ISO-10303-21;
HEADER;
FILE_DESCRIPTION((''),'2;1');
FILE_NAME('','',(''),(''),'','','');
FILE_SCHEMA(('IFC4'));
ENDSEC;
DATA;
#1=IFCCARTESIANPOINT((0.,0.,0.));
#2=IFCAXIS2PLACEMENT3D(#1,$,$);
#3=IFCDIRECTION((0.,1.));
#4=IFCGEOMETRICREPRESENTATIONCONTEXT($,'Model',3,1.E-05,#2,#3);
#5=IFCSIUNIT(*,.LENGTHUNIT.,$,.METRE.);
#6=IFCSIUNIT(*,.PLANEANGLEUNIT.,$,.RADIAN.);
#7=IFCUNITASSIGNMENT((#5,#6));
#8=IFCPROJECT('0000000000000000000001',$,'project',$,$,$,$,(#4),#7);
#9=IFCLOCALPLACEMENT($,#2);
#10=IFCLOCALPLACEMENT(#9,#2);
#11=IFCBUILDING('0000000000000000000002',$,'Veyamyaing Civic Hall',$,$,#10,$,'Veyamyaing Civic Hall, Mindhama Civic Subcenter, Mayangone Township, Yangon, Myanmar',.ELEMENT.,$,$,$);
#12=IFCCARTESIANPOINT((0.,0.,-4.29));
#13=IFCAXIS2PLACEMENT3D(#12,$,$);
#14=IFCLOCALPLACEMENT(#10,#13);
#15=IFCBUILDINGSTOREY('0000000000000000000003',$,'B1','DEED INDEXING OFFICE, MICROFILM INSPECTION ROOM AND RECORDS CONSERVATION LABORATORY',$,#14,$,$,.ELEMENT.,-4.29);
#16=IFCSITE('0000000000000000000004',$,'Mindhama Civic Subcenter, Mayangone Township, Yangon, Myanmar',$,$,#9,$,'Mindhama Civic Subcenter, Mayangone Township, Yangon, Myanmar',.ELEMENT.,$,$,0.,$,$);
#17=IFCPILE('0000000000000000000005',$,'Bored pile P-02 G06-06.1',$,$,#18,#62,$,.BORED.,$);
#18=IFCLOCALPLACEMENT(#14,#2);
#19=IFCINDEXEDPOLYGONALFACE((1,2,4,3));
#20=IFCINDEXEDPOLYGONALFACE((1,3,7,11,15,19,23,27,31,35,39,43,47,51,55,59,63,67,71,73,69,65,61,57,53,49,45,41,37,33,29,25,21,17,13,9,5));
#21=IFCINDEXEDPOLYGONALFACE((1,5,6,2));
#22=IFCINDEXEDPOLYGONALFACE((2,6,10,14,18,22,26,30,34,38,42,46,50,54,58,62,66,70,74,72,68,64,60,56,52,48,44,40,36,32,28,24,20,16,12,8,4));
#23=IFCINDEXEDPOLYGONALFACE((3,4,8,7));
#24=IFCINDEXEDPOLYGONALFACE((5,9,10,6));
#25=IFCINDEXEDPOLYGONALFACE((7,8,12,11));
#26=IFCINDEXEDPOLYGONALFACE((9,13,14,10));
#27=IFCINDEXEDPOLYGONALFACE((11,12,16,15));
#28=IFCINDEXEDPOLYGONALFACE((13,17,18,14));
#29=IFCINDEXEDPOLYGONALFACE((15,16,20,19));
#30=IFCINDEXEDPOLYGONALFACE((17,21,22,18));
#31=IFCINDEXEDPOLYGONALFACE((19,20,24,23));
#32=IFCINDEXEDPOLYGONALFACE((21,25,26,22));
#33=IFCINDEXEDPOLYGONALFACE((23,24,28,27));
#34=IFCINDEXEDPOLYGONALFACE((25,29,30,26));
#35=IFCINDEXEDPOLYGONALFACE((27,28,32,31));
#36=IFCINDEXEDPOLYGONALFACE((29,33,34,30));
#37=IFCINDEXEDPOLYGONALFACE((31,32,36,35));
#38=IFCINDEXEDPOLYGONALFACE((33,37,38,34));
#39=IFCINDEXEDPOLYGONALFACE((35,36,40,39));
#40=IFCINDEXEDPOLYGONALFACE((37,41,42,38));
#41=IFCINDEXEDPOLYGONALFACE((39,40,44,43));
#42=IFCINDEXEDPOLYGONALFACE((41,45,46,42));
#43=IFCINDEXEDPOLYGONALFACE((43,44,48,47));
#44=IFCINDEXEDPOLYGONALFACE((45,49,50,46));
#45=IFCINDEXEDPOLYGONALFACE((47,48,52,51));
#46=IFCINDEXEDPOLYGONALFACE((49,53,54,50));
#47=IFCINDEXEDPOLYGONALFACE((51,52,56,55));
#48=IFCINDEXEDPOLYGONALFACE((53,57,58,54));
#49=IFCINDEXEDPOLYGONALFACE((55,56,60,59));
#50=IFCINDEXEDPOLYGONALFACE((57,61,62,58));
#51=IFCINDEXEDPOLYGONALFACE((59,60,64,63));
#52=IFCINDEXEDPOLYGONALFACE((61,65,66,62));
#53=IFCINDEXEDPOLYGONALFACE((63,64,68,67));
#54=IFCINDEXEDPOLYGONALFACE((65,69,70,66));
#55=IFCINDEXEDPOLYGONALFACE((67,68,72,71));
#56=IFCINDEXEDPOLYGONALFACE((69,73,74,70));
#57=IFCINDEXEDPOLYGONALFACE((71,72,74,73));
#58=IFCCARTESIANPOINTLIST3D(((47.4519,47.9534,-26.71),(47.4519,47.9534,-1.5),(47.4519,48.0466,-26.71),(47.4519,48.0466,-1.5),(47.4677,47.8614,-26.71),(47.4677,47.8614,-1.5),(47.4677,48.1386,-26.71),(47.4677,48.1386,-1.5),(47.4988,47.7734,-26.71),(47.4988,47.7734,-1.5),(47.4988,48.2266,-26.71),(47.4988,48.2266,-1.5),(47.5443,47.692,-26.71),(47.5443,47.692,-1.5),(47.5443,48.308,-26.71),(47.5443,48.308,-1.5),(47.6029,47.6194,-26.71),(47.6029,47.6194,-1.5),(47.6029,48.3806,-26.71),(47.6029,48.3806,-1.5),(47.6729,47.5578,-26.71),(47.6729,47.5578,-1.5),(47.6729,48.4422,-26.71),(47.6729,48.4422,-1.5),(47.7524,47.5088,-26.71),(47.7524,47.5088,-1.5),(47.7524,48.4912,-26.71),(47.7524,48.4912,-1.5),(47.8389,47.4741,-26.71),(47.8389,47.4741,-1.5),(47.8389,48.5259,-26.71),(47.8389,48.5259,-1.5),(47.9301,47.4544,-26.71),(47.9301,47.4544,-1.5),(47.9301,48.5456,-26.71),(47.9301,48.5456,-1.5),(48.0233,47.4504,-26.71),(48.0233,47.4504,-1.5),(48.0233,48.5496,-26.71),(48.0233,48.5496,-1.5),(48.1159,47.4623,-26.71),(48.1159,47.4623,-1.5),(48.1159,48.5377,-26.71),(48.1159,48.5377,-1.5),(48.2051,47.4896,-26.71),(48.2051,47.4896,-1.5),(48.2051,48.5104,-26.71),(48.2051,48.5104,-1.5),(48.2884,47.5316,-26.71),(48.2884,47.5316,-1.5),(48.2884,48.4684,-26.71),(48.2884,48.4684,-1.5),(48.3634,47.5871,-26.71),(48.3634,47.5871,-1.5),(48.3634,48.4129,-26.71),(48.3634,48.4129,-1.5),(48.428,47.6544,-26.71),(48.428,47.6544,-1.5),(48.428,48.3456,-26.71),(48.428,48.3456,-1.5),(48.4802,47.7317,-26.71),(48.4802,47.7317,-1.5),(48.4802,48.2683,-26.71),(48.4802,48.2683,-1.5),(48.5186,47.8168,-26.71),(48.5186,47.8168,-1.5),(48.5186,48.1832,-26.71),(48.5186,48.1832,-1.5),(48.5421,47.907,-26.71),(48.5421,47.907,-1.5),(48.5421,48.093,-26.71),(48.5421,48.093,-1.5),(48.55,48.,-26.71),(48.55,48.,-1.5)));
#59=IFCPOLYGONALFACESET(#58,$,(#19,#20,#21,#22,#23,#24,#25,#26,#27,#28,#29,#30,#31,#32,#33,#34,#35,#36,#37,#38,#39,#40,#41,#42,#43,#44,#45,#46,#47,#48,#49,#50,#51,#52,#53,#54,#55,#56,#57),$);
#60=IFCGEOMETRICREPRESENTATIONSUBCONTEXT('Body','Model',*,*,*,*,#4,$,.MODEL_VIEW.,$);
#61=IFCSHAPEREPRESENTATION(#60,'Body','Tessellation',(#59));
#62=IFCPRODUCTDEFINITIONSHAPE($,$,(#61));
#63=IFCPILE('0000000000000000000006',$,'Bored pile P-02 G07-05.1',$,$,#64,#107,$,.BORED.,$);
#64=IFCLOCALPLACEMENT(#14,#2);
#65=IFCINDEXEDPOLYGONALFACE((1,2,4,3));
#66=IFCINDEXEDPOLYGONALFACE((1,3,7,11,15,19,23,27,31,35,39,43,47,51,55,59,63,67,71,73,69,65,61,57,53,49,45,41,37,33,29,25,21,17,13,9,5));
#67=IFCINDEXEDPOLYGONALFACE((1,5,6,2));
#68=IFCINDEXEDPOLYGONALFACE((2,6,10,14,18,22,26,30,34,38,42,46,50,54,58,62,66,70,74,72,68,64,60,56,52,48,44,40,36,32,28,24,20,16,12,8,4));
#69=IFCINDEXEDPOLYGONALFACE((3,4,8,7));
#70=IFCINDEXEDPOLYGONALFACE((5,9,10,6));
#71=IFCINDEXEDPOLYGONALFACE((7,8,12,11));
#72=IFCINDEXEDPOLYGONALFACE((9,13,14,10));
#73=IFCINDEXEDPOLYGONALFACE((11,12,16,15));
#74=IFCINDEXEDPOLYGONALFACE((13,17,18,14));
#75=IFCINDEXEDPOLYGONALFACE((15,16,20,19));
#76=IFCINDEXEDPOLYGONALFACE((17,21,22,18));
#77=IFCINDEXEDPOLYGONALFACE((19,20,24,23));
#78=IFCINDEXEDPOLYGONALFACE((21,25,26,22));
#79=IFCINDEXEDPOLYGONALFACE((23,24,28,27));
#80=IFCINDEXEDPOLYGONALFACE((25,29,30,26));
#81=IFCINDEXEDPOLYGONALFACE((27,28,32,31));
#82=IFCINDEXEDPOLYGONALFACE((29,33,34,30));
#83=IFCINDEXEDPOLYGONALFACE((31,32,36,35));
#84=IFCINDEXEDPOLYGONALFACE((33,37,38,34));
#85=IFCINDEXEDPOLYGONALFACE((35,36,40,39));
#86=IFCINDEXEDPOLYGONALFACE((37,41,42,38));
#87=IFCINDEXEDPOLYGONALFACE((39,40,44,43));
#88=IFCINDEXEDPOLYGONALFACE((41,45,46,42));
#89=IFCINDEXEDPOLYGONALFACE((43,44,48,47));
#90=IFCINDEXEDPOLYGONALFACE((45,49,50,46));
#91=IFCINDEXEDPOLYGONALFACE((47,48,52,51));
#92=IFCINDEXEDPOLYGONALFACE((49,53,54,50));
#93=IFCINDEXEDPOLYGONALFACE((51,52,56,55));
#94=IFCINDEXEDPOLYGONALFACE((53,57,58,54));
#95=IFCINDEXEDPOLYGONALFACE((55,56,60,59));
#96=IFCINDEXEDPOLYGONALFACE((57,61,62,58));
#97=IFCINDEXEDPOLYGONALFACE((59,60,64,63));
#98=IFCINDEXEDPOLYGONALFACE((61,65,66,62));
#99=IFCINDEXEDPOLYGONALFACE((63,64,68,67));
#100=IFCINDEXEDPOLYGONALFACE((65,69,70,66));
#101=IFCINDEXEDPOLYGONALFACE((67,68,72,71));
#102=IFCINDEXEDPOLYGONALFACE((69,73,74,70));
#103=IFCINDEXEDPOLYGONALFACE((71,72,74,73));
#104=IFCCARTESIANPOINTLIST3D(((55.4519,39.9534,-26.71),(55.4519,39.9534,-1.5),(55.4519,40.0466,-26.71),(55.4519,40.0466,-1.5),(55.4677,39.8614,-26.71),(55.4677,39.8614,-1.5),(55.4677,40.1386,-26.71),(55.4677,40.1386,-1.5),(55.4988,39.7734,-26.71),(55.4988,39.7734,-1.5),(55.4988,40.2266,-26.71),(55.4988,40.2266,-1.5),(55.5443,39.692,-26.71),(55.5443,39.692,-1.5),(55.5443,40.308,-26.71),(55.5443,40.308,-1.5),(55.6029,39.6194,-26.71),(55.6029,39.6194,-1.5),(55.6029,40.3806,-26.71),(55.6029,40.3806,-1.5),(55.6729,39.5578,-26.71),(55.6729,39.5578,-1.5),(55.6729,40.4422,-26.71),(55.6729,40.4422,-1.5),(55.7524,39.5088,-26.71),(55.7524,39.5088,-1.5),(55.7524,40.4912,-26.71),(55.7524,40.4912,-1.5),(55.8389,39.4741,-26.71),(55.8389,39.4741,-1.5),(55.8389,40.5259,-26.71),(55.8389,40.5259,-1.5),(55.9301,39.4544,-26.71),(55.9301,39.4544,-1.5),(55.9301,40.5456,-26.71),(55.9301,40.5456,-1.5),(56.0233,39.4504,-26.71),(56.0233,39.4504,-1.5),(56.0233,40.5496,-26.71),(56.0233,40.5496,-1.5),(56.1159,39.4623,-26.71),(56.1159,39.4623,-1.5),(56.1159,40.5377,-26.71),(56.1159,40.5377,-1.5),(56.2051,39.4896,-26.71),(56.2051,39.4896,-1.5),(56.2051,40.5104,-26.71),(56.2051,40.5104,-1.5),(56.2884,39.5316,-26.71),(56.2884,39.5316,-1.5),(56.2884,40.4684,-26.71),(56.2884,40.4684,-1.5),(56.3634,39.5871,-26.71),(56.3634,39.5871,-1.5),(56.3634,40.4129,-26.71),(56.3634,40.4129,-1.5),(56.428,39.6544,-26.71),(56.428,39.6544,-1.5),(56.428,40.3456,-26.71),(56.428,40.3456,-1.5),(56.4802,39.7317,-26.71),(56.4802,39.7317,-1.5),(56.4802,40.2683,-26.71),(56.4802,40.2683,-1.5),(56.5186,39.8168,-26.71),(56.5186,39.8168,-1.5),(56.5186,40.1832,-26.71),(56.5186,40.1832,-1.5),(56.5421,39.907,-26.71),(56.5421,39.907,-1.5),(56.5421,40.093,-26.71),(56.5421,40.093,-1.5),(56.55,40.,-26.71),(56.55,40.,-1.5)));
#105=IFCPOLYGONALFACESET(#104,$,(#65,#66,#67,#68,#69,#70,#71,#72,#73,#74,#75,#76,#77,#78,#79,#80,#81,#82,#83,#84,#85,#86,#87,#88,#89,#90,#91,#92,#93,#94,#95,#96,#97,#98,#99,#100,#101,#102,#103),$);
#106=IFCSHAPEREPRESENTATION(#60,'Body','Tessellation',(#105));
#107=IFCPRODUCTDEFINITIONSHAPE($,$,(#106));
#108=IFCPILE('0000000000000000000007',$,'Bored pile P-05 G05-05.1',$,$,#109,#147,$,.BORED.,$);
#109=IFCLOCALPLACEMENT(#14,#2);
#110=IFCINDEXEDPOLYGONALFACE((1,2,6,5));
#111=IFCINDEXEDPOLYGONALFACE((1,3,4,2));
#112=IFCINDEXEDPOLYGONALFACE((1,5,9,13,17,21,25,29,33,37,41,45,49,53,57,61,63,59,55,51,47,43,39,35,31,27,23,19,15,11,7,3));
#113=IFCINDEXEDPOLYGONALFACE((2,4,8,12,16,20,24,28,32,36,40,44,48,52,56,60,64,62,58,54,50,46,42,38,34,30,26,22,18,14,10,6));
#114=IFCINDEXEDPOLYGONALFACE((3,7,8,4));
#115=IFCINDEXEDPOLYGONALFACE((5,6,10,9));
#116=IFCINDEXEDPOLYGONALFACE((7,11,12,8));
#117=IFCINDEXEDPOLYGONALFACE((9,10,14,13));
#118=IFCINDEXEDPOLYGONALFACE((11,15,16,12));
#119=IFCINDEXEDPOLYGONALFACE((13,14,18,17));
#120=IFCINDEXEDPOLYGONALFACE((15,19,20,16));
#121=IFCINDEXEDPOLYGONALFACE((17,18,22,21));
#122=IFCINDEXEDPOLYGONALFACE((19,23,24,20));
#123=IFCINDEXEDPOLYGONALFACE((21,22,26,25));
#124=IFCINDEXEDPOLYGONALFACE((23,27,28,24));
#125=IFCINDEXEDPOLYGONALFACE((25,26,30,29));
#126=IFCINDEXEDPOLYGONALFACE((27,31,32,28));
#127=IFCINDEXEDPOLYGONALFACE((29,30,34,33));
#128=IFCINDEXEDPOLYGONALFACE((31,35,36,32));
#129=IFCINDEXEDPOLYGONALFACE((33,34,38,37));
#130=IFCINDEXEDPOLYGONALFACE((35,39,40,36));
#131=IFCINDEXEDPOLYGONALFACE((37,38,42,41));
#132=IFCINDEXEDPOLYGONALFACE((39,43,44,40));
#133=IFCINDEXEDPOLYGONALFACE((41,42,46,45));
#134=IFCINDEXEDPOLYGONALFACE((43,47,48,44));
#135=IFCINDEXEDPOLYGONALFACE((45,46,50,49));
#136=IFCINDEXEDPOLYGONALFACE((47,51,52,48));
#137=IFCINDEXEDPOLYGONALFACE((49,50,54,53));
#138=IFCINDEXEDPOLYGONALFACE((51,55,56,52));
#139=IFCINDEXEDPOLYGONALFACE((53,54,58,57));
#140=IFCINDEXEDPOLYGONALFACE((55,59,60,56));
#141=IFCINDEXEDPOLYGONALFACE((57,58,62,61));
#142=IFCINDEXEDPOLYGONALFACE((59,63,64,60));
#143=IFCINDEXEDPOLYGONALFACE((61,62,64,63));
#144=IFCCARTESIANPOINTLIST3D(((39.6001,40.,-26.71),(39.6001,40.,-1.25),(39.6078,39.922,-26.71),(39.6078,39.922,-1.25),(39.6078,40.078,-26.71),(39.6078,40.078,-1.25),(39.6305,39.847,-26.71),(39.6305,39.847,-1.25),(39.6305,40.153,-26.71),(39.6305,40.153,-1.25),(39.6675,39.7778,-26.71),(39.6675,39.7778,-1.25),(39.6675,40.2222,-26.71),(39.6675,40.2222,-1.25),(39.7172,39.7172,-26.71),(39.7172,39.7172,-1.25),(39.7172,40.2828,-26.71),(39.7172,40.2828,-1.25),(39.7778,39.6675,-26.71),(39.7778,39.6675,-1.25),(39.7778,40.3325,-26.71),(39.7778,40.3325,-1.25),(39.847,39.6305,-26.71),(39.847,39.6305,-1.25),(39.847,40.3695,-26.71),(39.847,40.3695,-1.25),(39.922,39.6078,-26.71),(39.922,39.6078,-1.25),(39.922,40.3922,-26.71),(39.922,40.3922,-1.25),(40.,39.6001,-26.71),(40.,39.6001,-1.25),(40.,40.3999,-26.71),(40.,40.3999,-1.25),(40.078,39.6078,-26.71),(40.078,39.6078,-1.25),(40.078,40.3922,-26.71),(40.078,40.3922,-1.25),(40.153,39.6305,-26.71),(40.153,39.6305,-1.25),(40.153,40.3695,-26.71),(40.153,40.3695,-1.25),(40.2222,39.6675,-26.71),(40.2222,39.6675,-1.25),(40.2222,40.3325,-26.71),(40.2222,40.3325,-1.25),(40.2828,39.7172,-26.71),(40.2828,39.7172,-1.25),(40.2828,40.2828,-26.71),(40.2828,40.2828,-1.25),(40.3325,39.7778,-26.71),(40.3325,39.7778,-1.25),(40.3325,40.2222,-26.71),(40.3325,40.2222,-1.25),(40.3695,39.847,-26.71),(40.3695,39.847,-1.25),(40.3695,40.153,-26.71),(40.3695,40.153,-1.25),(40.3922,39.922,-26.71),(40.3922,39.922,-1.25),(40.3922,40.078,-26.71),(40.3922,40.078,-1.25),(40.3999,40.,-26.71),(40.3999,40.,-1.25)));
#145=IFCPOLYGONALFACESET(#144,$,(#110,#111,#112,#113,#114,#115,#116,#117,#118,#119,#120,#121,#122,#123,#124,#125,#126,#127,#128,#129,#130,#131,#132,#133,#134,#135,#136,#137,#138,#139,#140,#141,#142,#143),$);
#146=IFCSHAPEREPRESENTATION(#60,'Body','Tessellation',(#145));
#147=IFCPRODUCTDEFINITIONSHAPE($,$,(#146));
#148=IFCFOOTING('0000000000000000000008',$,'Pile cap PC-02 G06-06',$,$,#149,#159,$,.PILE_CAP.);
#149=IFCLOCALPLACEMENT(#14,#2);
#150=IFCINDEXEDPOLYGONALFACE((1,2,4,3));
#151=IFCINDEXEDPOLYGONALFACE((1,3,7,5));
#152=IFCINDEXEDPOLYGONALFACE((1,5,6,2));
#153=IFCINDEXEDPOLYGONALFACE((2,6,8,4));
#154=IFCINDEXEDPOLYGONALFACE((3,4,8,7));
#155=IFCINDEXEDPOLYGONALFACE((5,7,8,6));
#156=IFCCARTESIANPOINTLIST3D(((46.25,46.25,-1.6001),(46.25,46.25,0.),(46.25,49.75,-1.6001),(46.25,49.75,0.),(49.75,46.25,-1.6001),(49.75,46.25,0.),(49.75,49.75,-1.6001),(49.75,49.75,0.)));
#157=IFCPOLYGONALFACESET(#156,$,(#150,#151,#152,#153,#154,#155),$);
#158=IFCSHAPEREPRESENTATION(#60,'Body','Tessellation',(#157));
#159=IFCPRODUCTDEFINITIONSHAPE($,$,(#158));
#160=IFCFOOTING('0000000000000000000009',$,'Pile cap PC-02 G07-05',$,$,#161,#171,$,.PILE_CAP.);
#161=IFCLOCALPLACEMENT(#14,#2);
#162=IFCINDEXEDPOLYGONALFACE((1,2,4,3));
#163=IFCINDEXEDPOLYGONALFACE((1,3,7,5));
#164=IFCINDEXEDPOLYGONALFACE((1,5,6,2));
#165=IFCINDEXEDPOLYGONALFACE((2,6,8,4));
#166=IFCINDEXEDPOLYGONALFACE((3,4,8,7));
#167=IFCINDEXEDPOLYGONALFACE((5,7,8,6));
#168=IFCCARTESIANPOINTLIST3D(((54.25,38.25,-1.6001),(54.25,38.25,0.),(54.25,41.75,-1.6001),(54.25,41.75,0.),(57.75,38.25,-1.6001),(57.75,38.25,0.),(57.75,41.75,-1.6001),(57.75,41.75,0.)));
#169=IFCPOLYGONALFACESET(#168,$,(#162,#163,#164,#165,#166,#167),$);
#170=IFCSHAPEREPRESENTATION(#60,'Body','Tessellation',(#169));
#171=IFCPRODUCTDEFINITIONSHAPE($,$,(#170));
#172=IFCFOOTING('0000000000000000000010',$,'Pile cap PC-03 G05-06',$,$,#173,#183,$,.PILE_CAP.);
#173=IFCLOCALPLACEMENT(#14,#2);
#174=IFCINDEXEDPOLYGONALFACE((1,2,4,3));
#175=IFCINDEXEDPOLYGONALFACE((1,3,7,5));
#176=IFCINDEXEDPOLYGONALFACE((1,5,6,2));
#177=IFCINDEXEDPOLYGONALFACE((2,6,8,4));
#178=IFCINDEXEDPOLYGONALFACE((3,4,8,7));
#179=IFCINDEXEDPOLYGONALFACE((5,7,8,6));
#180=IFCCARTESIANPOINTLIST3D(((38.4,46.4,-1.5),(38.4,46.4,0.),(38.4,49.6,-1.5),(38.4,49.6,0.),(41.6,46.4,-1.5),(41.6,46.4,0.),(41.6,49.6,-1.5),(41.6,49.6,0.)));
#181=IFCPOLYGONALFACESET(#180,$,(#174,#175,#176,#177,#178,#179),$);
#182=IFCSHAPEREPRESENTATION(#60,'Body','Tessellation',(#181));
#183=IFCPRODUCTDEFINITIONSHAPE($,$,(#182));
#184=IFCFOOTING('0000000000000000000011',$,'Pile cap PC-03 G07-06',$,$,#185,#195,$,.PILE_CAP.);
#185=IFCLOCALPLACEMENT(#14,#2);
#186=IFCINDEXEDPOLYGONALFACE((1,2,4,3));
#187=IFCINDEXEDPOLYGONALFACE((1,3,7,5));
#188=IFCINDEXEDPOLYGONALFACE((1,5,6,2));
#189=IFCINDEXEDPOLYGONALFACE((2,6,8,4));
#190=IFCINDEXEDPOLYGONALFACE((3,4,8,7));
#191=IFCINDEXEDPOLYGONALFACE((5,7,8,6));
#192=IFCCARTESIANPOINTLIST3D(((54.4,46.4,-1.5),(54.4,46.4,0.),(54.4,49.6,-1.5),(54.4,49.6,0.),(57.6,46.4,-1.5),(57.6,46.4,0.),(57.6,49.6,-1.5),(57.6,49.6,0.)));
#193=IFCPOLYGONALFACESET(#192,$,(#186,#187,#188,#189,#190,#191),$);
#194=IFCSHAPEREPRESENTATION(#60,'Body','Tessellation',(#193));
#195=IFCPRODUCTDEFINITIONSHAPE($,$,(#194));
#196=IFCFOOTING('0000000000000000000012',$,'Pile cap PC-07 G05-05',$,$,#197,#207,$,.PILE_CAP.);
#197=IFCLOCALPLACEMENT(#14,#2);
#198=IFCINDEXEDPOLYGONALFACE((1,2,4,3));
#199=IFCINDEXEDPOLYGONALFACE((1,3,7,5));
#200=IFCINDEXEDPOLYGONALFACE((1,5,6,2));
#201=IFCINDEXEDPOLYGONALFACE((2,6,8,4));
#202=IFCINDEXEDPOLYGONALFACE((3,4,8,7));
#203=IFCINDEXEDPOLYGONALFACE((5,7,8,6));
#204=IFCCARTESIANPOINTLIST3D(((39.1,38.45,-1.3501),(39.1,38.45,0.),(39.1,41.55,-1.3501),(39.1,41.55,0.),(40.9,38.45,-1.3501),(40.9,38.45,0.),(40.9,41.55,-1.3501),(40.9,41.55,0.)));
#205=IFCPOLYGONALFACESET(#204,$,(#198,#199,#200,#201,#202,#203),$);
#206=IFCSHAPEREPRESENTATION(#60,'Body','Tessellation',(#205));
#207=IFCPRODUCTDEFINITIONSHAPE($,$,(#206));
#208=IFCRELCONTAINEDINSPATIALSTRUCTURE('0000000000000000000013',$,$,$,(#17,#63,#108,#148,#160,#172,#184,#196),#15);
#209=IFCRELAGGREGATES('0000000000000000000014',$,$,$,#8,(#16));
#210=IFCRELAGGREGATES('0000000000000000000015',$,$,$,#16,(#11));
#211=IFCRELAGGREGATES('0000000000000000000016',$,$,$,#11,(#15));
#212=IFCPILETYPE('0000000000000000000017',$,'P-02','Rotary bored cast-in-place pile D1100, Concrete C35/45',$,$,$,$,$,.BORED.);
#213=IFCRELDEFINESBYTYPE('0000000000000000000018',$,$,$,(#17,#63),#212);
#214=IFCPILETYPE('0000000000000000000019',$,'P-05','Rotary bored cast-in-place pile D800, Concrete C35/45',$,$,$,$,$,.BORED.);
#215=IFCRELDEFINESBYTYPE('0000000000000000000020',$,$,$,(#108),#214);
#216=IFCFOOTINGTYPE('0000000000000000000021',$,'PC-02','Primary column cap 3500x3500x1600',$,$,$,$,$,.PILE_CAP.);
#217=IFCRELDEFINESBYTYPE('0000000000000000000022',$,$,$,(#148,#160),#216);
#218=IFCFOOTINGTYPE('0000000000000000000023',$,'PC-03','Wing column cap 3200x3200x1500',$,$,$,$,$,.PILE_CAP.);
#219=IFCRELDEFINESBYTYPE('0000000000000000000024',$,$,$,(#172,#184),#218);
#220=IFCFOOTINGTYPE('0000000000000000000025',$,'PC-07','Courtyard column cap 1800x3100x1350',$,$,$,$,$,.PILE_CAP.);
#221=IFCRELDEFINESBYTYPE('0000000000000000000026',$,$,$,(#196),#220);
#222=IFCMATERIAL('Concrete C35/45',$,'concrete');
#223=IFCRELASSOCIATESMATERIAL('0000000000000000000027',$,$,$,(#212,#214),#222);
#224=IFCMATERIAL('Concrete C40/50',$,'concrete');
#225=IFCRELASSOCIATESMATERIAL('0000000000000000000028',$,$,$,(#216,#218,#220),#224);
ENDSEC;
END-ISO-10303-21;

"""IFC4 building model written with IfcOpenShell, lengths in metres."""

from ifc_helpers import new_model, si_unit, direction, frame, origin, origin_2d, place, context, subcontext, project, spatial, rectangle, circle, extrude, material, material_profile, profile_set, type_object, element, save


model = new_model("IFC4")

# Units and contexts
model_context = context("Model", 3, precision=1e-05, world=origin(), true_north=direction((0.0, 1.0)))
body_context = subcontext(model_context, "Body", "Model", "MODEL_VIEW")
ifc_project = project(units=[si_unit("LENGTHUNIT", "METRE"), si_unit("PLANEANGLEUNIT", "RADIAN")], contexts=[model_context])

# Site, building, storey
site_placement = place(None, origin())
site = spatial("IfcSite", under=ifc_project, at=site_placement, Name="Mindhama Civic Subcenter, Mayangone Township, Yangon, Myanmar", LongName="Mindhama Civic Subcenter, Mayangone Township, Yangon, Myanmar", CompositionType="ELEMENT", RefElevation=0.0)
building_placement = place(site_placement, origin())
building = spatial("IfcBuilding", under=site, at=building_placement, Name="Veyamyaing Civic Hall", LongName="Veyamyaing Civic Hall, Mindhama Civic Subcenter, Mayangone Township, Yangon, Myanmar", CompositionType="ELEMENT")
storey_placement = place(building_placement, frame((0.0, 0.0, -4.29)))
storey = spatial("IfcBuildingStorey", under=building, at=storey_placement, Name="B1", Description="DEED INDEXING OFFICE, MICROFILM INSPECTION ROOM AND RECORDS CONSERVATION LABORATORY", CompositionType="ELEMENT", Elevation=-4.29)

# Shared definitions
ifc_material_1 = material(Name="Concrete C40/50", Category="concrete")

# Piles
ifc_material_2 = material(Name="Concrete C35/45", Category="concrete")
ifc_material_profile_1 = material_profile(ifc_material_2, circle(Radius=0.55, at=origin_2d()), Name="PILE-D1100")
ifc_profile_set_1 = profile_set([ifc_material_profile_1], Name="Concrete C35/45")
pile_type_1 = type_object("IfcPileType", Name="P-02", Description="Rotary bored cast-in-place pile D1100, Concrete C35/45", PredefinedType="BORED", material=ifc_profile_set_1)
for number, where, z_axis, x_axis, name in (
    (1, (48.0, 48.0, -1.5), (0.0, 0.0, -1.0), (1.0, 0.0, 0.0), "Bored pile P-02 G06-06.1"),
    (2, (56.0, 40.0, -1.5), (0.0, 0.0, -1.0), (1.0, 0.0, 0.0), "Bored pile P-02 G07-05.1"),
):
    element("IfcPile", number, at=place(storey_placement, frame(where, z_axis=z_axis, x_axis=x_axis)), inside=storey, type_object=pile_type_1, Name=name, PredefinedType="BORED", context=body_context, shape_type="SweptSolid", body=[
        extrude(circle(Radius=0.55, at=origin_2d()), origin(), (0.0, 0.0, 1.0), 25.21),
    ])
ifc_material_profile_2 = material_profile(ifc_material_2, circle(Radius=0.3999, at=origin_2d()), Name="PILE-D800")
ifc_profile_set_2 = profile_set([ifc_material_profile_2], Name="Concrete C35/45")
pile_type_2 = type_object("IfcPileType", Name="P-05", Description="Rotary bored cast-in-place pile D800, Concrete C35/45", PredefinedType="BORED", material=ifc_profile_set_2)
pile_1_placement = place(storey_placement, frame((40.0, 40.0, -1.25), z_axis=(0.0, 0.0, -1.0), x_axis=(1.0, 0.0, 0.0)))
element("IfcPile", 3, at=pile_1_placement, inside=storey, type_object=pile_type_2, Name="Bored pile P-05 G05-05.1", PredefinedType="BORED", context=body_context, shape_type="SweptSolid", body=[
    extrude(circle(Radius=0.3999, at=origin_2d()), origin(), (0.0, 0.0, 1.0), 25.46),
])

# Footings
footing_type_1 = type_object("IfcFootingType", Name="PC-02", Description="Primary column cap 3500x3500x1600", PredefinedType="PILE_CAP", material=ifc_material_1)
for number, where, z_axis, x_axis, name in (
    (4, (48.0, 48.0, -1.6001), (0.0, 0.0, 1.0), (1.0, 0.0, 0.0), "Pile cap PC-02 G06-06"),
    (5, (56.0, 40.0, -1.6001), (0.0, 0.0, 1.0), (1.0, 0.0, 0.0), "Pile cap PC-02 G07-05"),
):
    element("IfcFooting", number, at=place(storey_placement, frame(where, z_axis=z_axis, x_axis=x_axis)), inside=storey, type_object=footing_type_1, Name=name, PredefinedType="PILE_CAP", context=body_context, shape_type="SweptSolid", body=[
        extrude(rectangle(XDim=3.5, YDim=3.5, at=origin_2d()), origin(), (0.0, 0.0, 1.0), 1.6001),
    ])
footing_type_2 = type_object("IfcFootingType", Name="PC-03", Description="Wing column cap 3200x3200x1500", PredefinedType="PILE_CAP", material=ifc_material_1)
for number, where, z_axis, x_axis, name in (
    (6, (40.0, 48.0, -1.5), (0.0, 0.0, 1.0), (1.0, 0.0, 0.0), "Pile cap PC-03 G05-06"),
    (7, (56.0, 48.0, -1.5), (0.0, 0.0, 1.0), (1.0, 0.0, 0.0), "Pile cap PC-03 G07-06"),
):
    element("IfcFooting", number, at=place(storey_placement, frame(where, z_axis=z_axis, x_axis=x_axis)), inside=storey, type_object=footing_type_2, Name=name, PredefinedType="PILE_CAP", context=body_context, shape_type="SweptSolid", body=[
        extrude(rectangle(XDim=3.2, YDim=3.2, at=origin_2d()), origin(), (0.0, 0.0, 1.0), 1.5),
    ])
footing_type_3 = type_object("IfcFootingType", Name="PC-07", Description="Courtyard column cap 1800x3100x1350", PredefinedType="PILE_CAP", material=ifc_material_1)
footing_1_placement = place(storey_placement, frame((40.0, 40.0, -1.3501), z_axis=(0.0, 0.0, 1.0), x_axis=(1.0, 0.0, 0.0)))
element("IfcFooting", 8, at=footing_1_placement, inside=storey, type_object=footing_type_3, Name="Pile cap PC-07 G05-05", PredefinedType="PILE_CAP", context=body_context, shape_type="SweptSolid", body=[
    extrude(rectangle(XDim=1.8, YDim=3.1001, at=origin_2d()), origin(), (0.0, 0.0, 1.0), 1.3501),
])

save(model, "model.ifc")
